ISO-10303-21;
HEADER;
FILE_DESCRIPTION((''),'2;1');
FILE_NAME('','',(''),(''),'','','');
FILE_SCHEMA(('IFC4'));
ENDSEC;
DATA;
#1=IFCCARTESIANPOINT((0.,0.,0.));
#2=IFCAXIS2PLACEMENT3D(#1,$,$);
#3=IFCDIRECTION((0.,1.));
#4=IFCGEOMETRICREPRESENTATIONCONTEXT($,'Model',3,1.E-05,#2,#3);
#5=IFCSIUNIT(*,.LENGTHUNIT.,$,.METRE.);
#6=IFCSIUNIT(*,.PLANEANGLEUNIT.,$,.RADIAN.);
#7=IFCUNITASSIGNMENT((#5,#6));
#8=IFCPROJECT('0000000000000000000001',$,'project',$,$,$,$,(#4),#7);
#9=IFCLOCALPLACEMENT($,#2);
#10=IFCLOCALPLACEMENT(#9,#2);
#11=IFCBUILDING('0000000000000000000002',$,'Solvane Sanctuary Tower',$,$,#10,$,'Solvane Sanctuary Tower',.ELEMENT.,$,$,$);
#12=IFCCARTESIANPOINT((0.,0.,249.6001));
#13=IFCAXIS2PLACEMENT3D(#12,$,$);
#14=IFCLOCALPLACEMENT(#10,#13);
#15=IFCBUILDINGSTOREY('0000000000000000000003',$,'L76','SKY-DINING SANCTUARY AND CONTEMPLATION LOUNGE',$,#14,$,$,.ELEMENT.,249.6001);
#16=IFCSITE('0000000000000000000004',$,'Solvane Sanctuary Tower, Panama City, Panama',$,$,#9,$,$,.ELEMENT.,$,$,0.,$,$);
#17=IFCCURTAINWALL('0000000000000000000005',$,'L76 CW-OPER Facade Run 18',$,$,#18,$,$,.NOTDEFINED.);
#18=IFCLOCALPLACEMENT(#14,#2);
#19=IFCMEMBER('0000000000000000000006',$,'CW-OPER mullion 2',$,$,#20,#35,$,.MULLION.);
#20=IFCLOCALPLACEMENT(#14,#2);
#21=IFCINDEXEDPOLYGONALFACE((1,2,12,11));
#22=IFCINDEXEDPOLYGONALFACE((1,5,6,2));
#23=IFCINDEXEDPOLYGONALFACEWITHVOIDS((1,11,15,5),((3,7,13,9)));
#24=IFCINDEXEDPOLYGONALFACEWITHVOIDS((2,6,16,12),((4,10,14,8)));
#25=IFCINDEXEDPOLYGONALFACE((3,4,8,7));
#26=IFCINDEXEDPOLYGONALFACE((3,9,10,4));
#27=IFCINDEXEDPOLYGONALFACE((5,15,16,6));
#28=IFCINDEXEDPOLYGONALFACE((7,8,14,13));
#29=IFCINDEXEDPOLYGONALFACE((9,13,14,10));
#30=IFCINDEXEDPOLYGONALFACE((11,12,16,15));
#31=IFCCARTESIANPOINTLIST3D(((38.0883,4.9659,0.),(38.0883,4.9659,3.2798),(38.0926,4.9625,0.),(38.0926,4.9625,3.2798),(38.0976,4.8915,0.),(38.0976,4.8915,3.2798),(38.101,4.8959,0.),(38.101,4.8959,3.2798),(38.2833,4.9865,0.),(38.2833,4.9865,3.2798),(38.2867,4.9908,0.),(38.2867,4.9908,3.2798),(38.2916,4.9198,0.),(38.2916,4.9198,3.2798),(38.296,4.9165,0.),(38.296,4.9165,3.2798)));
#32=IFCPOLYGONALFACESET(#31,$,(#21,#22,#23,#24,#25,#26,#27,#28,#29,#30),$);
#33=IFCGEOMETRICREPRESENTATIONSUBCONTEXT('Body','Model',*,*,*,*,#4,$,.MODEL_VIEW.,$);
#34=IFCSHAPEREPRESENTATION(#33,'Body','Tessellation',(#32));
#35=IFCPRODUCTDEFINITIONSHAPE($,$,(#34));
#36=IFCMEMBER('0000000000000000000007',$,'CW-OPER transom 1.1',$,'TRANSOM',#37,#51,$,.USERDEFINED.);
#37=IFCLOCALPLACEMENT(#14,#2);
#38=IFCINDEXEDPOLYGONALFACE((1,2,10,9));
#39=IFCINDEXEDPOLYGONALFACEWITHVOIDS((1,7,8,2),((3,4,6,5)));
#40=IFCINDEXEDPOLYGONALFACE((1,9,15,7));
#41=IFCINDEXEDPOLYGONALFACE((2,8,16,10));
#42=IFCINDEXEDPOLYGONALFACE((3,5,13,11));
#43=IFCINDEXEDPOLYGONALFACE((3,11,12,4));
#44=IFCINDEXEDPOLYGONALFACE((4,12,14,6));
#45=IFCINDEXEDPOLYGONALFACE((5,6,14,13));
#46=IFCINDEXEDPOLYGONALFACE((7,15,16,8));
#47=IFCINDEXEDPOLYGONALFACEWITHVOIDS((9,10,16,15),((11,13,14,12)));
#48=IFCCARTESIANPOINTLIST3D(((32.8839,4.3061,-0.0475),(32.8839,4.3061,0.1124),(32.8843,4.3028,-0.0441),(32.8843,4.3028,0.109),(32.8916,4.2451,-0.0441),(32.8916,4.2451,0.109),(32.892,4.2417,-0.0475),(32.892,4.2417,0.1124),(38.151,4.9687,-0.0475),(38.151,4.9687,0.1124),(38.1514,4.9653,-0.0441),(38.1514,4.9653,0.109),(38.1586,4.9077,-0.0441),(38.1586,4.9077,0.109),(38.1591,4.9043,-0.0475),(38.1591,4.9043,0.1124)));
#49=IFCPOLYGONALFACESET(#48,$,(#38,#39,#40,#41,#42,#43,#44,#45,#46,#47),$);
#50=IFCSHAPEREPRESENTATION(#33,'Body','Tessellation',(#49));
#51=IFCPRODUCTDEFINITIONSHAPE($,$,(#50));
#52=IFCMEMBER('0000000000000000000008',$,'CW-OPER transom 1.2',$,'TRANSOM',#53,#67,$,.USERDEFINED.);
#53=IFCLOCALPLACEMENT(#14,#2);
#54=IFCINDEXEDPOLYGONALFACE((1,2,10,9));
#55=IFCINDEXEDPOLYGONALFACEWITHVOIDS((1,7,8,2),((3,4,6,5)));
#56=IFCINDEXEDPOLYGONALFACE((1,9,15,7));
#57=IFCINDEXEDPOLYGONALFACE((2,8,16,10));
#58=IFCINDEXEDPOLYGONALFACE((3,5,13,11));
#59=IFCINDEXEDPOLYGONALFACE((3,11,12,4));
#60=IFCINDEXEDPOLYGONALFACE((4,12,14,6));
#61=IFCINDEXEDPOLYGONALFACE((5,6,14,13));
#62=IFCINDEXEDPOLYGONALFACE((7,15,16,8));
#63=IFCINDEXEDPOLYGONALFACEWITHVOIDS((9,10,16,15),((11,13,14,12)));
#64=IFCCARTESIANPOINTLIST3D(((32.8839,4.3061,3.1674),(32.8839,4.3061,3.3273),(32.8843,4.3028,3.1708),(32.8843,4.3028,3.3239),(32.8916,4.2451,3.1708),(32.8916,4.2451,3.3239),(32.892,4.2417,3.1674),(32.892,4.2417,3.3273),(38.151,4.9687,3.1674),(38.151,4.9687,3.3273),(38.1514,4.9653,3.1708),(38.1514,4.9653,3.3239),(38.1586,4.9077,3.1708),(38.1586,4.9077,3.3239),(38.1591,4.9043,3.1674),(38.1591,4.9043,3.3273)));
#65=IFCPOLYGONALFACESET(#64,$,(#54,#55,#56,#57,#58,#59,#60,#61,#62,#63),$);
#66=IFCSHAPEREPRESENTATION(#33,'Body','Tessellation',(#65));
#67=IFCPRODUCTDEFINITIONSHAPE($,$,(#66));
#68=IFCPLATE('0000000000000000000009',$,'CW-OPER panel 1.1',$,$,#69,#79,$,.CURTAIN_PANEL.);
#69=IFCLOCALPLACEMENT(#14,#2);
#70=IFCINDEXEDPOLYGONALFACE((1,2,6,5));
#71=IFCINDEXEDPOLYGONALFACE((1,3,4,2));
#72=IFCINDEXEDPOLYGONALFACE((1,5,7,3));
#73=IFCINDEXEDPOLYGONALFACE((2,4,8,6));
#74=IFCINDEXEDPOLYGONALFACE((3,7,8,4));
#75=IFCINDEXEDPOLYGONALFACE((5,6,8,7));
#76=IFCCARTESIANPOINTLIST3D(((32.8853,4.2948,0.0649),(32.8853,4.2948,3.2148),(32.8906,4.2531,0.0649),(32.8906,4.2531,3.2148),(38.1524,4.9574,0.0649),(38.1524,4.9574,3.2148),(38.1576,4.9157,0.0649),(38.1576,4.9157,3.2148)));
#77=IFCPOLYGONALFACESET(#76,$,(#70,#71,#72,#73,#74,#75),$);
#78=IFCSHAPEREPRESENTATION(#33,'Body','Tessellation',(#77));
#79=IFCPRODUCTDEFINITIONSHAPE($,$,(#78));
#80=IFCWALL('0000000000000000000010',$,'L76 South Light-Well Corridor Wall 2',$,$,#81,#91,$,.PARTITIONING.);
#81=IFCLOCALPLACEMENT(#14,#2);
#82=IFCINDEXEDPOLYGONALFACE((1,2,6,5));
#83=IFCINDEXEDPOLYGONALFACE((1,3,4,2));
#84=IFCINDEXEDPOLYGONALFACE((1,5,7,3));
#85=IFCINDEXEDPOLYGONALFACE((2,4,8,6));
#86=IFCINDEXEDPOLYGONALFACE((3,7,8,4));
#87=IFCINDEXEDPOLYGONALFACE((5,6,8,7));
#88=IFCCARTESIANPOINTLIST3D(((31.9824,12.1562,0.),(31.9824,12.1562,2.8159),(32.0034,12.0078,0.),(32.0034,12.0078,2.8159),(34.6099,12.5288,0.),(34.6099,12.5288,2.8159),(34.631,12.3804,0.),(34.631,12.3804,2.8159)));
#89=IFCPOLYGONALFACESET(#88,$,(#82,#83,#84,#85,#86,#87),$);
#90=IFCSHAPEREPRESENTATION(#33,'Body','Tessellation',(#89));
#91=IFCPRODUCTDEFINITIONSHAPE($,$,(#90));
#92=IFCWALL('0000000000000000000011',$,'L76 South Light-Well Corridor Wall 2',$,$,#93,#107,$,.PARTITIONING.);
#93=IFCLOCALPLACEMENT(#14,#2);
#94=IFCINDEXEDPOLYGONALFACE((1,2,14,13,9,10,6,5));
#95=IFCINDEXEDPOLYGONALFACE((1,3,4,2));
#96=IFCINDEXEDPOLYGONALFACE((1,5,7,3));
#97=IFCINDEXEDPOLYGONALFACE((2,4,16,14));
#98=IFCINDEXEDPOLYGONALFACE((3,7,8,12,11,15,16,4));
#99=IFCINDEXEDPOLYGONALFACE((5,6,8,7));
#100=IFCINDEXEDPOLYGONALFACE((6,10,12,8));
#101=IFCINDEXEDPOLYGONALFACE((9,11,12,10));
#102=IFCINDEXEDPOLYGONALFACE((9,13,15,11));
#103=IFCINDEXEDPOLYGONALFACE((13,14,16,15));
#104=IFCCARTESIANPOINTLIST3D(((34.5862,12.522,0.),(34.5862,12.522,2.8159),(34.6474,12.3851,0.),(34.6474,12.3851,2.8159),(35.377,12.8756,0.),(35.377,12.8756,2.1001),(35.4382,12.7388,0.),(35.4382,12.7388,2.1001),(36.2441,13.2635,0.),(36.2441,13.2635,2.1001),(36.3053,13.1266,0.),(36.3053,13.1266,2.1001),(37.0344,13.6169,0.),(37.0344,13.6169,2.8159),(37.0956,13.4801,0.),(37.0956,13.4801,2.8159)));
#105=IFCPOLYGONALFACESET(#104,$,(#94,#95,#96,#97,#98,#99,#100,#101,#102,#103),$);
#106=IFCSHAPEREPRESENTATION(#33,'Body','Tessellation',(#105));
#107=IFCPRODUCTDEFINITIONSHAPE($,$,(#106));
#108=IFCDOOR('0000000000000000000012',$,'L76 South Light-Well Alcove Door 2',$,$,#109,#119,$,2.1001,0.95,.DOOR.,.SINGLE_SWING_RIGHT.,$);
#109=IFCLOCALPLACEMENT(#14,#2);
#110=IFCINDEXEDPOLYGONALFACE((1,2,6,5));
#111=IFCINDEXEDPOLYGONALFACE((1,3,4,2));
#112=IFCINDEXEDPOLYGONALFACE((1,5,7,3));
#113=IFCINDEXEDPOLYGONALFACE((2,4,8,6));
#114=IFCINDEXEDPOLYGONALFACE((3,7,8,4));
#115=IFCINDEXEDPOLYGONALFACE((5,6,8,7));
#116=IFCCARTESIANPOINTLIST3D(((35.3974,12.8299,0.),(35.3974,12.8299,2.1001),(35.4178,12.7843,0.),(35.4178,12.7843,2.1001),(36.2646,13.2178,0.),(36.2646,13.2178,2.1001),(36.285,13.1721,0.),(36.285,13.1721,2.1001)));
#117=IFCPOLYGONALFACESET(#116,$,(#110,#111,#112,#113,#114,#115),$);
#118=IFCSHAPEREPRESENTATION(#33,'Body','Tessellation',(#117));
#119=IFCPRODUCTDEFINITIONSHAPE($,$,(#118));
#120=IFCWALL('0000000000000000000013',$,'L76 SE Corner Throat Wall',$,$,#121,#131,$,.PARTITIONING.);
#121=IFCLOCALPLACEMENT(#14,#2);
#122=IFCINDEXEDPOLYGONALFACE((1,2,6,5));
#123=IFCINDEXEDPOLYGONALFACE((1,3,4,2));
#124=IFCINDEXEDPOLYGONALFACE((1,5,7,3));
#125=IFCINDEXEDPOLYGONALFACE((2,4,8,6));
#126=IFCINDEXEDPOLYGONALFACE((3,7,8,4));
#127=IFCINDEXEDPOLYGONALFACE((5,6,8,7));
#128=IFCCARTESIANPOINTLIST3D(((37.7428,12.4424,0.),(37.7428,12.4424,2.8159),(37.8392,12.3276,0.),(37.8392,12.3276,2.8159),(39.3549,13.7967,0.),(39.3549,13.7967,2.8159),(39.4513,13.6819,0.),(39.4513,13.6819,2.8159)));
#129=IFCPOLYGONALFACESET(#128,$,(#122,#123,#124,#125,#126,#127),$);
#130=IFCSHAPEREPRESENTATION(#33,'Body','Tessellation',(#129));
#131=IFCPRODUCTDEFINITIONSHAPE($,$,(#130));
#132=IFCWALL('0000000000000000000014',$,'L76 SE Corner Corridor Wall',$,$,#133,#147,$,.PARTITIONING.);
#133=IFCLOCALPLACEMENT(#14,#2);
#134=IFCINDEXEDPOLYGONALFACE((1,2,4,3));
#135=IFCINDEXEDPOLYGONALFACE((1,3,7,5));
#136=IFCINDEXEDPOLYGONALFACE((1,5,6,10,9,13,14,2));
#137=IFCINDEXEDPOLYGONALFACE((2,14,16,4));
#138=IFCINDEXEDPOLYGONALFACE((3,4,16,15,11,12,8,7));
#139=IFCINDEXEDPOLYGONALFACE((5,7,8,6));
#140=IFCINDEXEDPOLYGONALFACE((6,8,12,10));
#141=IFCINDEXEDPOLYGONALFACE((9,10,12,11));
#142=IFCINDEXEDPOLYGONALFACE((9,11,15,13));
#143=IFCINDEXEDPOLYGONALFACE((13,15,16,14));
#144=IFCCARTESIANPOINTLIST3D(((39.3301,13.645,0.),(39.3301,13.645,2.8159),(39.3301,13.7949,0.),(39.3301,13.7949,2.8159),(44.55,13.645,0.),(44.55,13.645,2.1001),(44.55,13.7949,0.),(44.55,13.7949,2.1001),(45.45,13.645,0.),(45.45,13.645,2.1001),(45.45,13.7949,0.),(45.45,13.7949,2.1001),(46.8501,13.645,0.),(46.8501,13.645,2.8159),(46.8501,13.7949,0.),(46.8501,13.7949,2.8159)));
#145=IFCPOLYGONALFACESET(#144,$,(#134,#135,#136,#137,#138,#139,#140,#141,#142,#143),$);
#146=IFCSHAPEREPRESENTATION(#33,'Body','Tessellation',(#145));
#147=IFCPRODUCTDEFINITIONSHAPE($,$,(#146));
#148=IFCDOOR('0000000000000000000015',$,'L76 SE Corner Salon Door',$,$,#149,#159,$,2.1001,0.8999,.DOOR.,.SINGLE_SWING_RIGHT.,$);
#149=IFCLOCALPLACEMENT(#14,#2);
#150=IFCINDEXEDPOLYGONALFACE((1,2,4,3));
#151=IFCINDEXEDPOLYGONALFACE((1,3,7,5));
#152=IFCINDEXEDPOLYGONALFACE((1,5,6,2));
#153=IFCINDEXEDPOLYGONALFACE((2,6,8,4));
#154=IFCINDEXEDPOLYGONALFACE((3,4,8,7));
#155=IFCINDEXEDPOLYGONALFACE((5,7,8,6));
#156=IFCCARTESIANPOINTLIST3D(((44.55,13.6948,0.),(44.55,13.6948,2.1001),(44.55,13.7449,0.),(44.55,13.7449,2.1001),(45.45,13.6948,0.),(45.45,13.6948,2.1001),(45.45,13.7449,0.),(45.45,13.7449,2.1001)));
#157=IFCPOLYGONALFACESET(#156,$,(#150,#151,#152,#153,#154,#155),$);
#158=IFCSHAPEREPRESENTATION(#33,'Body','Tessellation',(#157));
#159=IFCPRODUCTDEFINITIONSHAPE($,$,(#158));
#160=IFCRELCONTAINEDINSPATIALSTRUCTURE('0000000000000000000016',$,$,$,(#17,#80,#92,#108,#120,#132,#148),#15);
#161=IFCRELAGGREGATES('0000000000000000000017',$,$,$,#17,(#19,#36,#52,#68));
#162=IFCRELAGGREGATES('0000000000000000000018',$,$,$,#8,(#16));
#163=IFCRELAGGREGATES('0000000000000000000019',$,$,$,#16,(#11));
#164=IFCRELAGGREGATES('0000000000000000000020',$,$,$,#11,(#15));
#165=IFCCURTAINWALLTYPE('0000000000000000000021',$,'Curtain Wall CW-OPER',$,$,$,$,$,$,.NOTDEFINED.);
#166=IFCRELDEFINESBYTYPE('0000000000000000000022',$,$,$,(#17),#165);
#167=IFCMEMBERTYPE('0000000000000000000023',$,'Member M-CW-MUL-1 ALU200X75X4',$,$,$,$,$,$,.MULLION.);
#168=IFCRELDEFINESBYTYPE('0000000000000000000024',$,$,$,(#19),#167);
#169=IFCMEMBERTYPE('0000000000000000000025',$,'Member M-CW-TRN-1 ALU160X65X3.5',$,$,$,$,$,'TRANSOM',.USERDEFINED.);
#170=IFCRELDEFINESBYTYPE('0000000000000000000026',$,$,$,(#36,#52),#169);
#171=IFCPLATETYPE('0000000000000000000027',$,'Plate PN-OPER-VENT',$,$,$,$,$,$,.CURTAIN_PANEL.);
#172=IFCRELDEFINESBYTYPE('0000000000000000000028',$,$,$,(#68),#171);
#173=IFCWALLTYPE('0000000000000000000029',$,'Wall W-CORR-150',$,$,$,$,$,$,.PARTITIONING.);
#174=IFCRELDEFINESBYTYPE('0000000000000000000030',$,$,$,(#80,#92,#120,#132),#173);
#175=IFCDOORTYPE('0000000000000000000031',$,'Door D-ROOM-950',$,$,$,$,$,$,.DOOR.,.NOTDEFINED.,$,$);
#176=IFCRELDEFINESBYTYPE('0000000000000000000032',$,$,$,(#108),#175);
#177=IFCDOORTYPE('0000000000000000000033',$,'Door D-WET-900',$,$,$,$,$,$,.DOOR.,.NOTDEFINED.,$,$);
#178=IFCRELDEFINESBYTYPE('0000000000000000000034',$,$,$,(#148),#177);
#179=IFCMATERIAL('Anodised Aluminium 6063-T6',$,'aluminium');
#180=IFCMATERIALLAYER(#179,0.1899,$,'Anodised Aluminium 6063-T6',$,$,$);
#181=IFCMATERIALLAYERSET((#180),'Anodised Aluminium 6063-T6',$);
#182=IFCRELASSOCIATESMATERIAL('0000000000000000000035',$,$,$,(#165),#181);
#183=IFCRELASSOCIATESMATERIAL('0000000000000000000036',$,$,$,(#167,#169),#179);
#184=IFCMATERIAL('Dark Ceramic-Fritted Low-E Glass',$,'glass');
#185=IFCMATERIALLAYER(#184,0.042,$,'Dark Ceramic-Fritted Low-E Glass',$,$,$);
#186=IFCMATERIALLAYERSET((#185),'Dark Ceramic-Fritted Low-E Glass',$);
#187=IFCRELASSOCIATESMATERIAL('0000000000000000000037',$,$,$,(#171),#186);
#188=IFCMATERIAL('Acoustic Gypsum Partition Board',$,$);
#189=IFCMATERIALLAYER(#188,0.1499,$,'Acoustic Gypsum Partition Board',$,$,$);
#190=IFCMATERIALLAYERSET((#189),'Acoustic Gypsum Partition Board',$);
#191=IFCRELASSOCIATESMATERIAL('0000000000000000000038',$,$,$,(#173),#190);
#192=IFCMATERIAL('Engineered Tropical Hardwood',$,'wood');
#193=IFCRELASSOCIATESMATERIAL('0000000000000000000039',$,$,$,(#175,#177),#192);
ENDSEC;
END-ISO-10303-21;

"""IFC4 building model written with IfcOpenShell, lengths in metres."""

from ifc_helpers import new_model, si_unit, direction, frame, frame_2d, origin, origin_2d, place, context, subcontext, project, spatial, rectangle, hollow_rectangle, extrude, material, layer, layer_set, material_profile, profile_set, type_object, element, fill, aggregate, save


model = new_model("IFC4")

# Units and contexts
model_context = context("Model", 3, precision=1e-05, world=origin(), true_north=direction((0.0, 1.0)))
body_context = subcontext(model_context, "Body", "Model", "MODEL_VIEW")
ifc_project = project(units=[si_unit("LENGTHUNIT", "METRE"), si_unit("PLANEANGLEUNIT", "RADIAN")], contexts=[model_context])

# Site, building, storey
site_placement = place(None, origin())
site = spatial("IfcSite", under=ifc_project, at=site_placement, Name="Solvane Sanctuary Tower, Panama City, Panama", CompositionType="ELEMENT", RefElevation=0.0)
building_placement = place(site_placement, origin())
building = spatial("IfcBuilding", under=site, at=building_placement, Name="Solvane Sanctuary Tower", LongName="Solvane Sanctuary Tower", CompositionType="ELEMENT")
storey_placement = place(building_placement, frame((0.0, 0.0, 249.6001)))
storey = spatial("IfcBuildingStorey", under=building, at=storey_placement, Name="L76", Description="SKY-DINING SANCTUARY AND CONTEMPLATION LOUNGE", CompositionType="ELEMENT", Elevation=249.6001)

# Shared definitions
ifc_material_1 = material(Name="Anodised Aluminium 6063-T6", Category="aluminium")
ifc_layer_1 = layer(ifc_material_1, 0.1899, Name="Anodised Aluminium 6063-T6")
ifc_layer_set_1 = layer_set([ifc_layer_1], Name="Anodised Aluminium 6063-T6")
curtain_wall_type = type_object("IfcCurtainWallType", Name="Curtain Wall CW-OPER", PredefinedType="NOTDEFINED", material=ifc_layer_set_1)
ifc_material_profile_1 = material_profile(ifc_material_1, hollow_rectangle(XDim=0.075, YDim=0.2, WallThickness=0.0039, at=origin_2d()), Name="ALU200X75X4")
ifc_profile_set_1 = profile_set([ifc_material_profile_1], Name="Anodised Aluminium 6063-T6")
member_type_1 = type_object("IfcMemberType", Name="Member M-CW-MUL-1 ALU200X75X4", PredefinedType="MULLION", material=ifc_profile_set_1)

# Curtain wall, members, plate
curtain_wall_1_placement = place(storey_placement, origin())
curtain_wall_1 = element("IfcCurtainWall", 1, at=curtain_wall_1_placement, inside=storey, type_object=curtain_wall_type, Name="L76 CW-OPER Facade Run 18", PredefinedType="NOTDEFINED")
member_1_placement = place(storey_placement, frame((38.1921, 4.9412, 0.0), z_axis=(0.0, 0.0, 1.0), x_axis=(-0.124815, 0.99218, 0.0)))
member_1 = element("IfcMember", 2, at=member_1_placement, type_object=member_type_1, Name="CW-OPER mullion 2", PredefinedType="MULLION", context=body_context, shape_type="SweptSolid", body=[
    extrude(hollow_rectangle(XDim=0.075, YDim=0.2, WallThickness=0.0039, at=origin_2d()), origin(), (0.0, 0.0, 1.0), 3.2798),
])
ifc_material_profile_2 = material_profile(ifc_material_1, hollow_rectangle(XDim=0.0649, YDim=0.1599, WallThickness=0.0034, at=origin_2d()), Name="ALU160X65X3.5")
ifc_profile_set_2 = profile_set([ifc_material_profile_2], Name="Anodised Aluminium 6063-T6")
member_type_2 = type_object("IfcMemberType", Name="Member M-CW-TRN-1 ALU160X65X3.5", ElementType="TRANSOM", PredefinedType="USERDEFINED", material=ifc_profile_set_2)
member_2_placement = place(storey_placement, frame((32.8879, 4.2739, 0.0325), z_axis=(0.99218, 0.124816, 0.0), x_axis=(-0.124816, 0.99218, 0.0)))
member_2 = element("IfcMember", 3, at=member_2_placement, type_object=member_type_2, Name="CW-OPER transom 1.1", ObjectType="TRANSOM", PredefinedType="USERDEFINED", context=body_context, shape_type="SweptSolid", body=[
    extrude(hollow_rectangle(XDim=0.0649, YDim=0.1599, WallThickness=0.0034, at=origin_2d()), origin(), (0.0, 0.0, 1.0), 5.3086),
])
member_3_placement = place(storey_placement, frame((32.8879, 4.2739, 3.2473), z_axis=(0.99218, 0.124816, 0.0), x_axis=(-0.124816, 0.99218, 0.0)))
member_3 = element("IfcMember", 4, at=member_3_placement, type_object=member_type_2, Name="CW-OPER transom 1.2", ObjectType="TRANSOM", PredefinedType="USERDEFINED", context=body_context, shape_type="SweptSolid", body=[
    extrude(hollow_rectangle(XDim=0.0649, YDim=0.1599, WallThickness=0.0034, at=origin_2d()), origin(), (0.0, 0.0, 1.0), 5.3086),
])
ifc_material_2 = material(Name="Dark Ceramic-Fritted Low-E Glass", Category="glass")
ifc_layer_2 = layer(ifc_material_2, 0.042, Name="Dark Ceramic-Fritted Low-E Glass")
ifc_layer_set_2 = layer_set([ifc_layer_2], Name="Dark Ceramic-Fritted Low-E Glass")
plate_type = type_object("IfcPlateType", Name="Plate PN-OPER-VENT", PredefinedType="CURTAIN_PANEL", material=ifc_layer_set_2)
plate_placement = place(storey_placement, frame((35.5215, 4.6052, 0.0649), z_axis=(0.0, 0.0, 1.0), x_axis=(0.99218, 0.124815, 0.0)))
plate = element("IfcPlate", 5, at=plate_placement, type_object=plate_type, Name="CW-OPER panel 1.1", PredefinedType="CURTAIN_PANEL", context=body_context, shape_type="SweptSolid", body=[
    extrude(rectangle(XDim=5.3086, YDim=0.042, at=origin_2d()), origin(), (0.0, 0.0, 1.0), 3.1499),
])
aggregate(curtain_wall_1, [member_1, member_2, member_3, plate])

# Wall
ifc_material_3 = material(Name="Acoustic Gypsum Partition Board")
ifc_layer_3 = layer(ifc_material_3, 0.1499, Name="Acoustic Gypsum Partition Board")
ifc_layer_set_3 = layer_set([ifc_layer_3], Name="Acoustic Gypsum Partition Board")
wall_type_1 = type_object("IfcWallType", Name="Wall W-CORR-150", PredefinedType="PARTITIONING", material=ifc_layer_set_3)
wall_1_placement = place(storey_placement, frame((31.9929, 12.082, 0.0), z_axis=(0.0, 0.0, 1.0), x_axis=(0.990096, 0.140391, 0.0)))
element("IfcWall", 6, at=wall_1_placement, inside=storey, type_object=wall_type_1, Name="L76 South Light-Well Corridor Wall 2", PredefinedType="PARTITIONING", context=body_context, shape_type="SweptSolid", body=[
    extrude(rectangle(XDim=2.6538, YDim=0.1499, at=frame_2d((1.3269, 0.0))), origin(), (0.0, 0.0, 1.0), 2.8159),
])

# Wall, opening, door
wall_2_placement = place(storey_placement, frame((34.6169, 12.4536, 0.0), z_axis=(0.0, 0.0, 1.0), x_axis=(0.912859, 0.408274, 0.0)))
wall_2 = element("IfcWall", 7, at=wall_2_placement, inside=storey, type_object=wall_type_1, Name="L76 South Light-Well Corridor Wall 2", PredefinedType="PARTITIONING", context=body_context, shape_type="SweptSolid", body=[
    extrude(rectangle(XDim=2.6819, YDim=0.1499, at=frame_2d((1.3408, 0.0))), origin(), (0.0, 0.0, 1.0), 2.8159),
])
opening_1_placement = place(wall_2_placement, frame((0.866, 0.0, 0.0)))
opening_1 = element("IfcOpeningElement", 8, at=opening_1_placement, cuts=wall_2, PredefinedType="OPENING", context=body_context, shape_type="SweptSolid", body=[
    extrude(rectangle(XDim=0.95, YDim=2.1001, at=frame_2d((0.4751, 1.05))), frame((0.0, 0.085, 0.0), z_axis=(0.0, -1.0, 0.0), x_axis=(1.0, 0.0, 0.0)), (0.0, 0.0, 1.0), 0.1699),
])
ifc_material_4 = material(Name="Engineered Tropical Hardwood", Category="wood")
door_type_1 = type_object("IfcDoorType", Name="Door D-ROOM-950", OperationType="NOTDEFINED", PredefinedType="DOOR", material=ifc_material_4)
door_1_placement = place(opening_1_placement, origin())
door_1 = element("IfcDoor", 9, at=door_1_placement, inside=storey, type_object=door_type_1, Name="L76 South Light-Well Alcove Door 2", OperationType="SINGLE_SWING_RIGHT", OverallHeight=2.1001, OverallWidth=0.95, PredefinedType="DOOR", context=body_context, shape_type="SweptSolid", body=[
    extrude(rectangle(XDim=0.95, YDim=2.1001, at=frame_2d((0.4751, 1.05))), frame((0.0, 0.0249, 0.0), z_axis=(0.0, -1.0, 0.0), x_axis=(1.0, 0.0, 0.0)), (0.0, 0.0, 1.0), 0.05),
])
fill(opening_1, door_1)

# Wall
wall_3_placement = place(storey_placement, frame((37.791, 12.385, 0.0), z_axis=(0.0, 0.0, 1.0), x_axis=(0.765677, 0.643225, 0.0)))
element("IfcWall", 10, at=wall_3_placement, inside=storey, type_object=wall_type_1, Name="L76 SE Corner Throat Wall", PredefinedType="PARTITIONING", context=body_context, shape_type="SweptSolid", body=[
    extrude(rectangle(XDim=2.1055, YDim=0.1499, at=frame_2d((1.0527, 0.0))), origin(), (0.0, 0.0, 1.0), 2.8159),
])

# Wall, opening, door
wall_4_placement = place(storey_placement, frame((39.3301, 13.72, 0.0), z_axis=(0.0, 0.0, 1.0), x_axis=(1.0, 0.0, 0.0)))
wall_4 = element("IfcWall", 11, at=wall_4_placement, inside=storey, type_object=wall_type_1, Name="L76 SE Corner Corridor Wall", PredefinedType="PARTITIONING", context=body_context, shape_type="SweptSolid", body=[
    extrude(rectangle(XDim=7.52, YDim=0.1499, at=frame_2d((3.76, 0.0))), origin(), (0.0, 0.0, 1.0), 2.8159),
])
opening_2_placement = place(wall_4_placement, frame((5.22, 0.0, 0.0)))
opening_2 = element("IfcOpeningElement", 12, at=opening_2_placement, cuts=wall_4, PredefinedType="OPENING", context=body_context, shape_type="SweptSolid", body=[
    extrude(rectangle(XDim=0.8999, YDim=2.1001, at=frame_2d((0.45, 1.05))), frame((0.0, 0.085, 0.0), z_axis=(0.0, -1.0, 0.0), x_axis=(1.0, 0.0, 0.0)), (0.0, 0.0, 1.0), 0.1699),
])
door_type_2 = type_object("IfcDoorType", Name="Door D-WET-900", OperationType="NOTDEFINED", PredefinedType="DOOR", material=ifc_material_4)
door_2_placement = place(opening_2_placement, origin())
door_2 = element("IfcDoor", 13, at=door_2_placement, inside=storey, type_object=door_type_2, Name="L76 SE Corner Salon Door", OperationType="SINGLE_SWING_RIGHT", OverallHeight=2.1001, OverallWidth=0.8999, PredefinedType="DOOR", context=body_context, shape_type="SweptSolid", body=[
    extrude(rectangle(XDim=0.8999, YDim=2.1001, at=frame_2d((0.45, 1.05))), frame((0.0, 0.0249, 0.0), z_axis=(0.0, -1.0, 0.0), x_axis=(1.0, 0.0, 0.0)), (0.0, 0.0, 1.0), 0.05),
])
fill(opening_2, door_2)

save(model, "model.ifc")
